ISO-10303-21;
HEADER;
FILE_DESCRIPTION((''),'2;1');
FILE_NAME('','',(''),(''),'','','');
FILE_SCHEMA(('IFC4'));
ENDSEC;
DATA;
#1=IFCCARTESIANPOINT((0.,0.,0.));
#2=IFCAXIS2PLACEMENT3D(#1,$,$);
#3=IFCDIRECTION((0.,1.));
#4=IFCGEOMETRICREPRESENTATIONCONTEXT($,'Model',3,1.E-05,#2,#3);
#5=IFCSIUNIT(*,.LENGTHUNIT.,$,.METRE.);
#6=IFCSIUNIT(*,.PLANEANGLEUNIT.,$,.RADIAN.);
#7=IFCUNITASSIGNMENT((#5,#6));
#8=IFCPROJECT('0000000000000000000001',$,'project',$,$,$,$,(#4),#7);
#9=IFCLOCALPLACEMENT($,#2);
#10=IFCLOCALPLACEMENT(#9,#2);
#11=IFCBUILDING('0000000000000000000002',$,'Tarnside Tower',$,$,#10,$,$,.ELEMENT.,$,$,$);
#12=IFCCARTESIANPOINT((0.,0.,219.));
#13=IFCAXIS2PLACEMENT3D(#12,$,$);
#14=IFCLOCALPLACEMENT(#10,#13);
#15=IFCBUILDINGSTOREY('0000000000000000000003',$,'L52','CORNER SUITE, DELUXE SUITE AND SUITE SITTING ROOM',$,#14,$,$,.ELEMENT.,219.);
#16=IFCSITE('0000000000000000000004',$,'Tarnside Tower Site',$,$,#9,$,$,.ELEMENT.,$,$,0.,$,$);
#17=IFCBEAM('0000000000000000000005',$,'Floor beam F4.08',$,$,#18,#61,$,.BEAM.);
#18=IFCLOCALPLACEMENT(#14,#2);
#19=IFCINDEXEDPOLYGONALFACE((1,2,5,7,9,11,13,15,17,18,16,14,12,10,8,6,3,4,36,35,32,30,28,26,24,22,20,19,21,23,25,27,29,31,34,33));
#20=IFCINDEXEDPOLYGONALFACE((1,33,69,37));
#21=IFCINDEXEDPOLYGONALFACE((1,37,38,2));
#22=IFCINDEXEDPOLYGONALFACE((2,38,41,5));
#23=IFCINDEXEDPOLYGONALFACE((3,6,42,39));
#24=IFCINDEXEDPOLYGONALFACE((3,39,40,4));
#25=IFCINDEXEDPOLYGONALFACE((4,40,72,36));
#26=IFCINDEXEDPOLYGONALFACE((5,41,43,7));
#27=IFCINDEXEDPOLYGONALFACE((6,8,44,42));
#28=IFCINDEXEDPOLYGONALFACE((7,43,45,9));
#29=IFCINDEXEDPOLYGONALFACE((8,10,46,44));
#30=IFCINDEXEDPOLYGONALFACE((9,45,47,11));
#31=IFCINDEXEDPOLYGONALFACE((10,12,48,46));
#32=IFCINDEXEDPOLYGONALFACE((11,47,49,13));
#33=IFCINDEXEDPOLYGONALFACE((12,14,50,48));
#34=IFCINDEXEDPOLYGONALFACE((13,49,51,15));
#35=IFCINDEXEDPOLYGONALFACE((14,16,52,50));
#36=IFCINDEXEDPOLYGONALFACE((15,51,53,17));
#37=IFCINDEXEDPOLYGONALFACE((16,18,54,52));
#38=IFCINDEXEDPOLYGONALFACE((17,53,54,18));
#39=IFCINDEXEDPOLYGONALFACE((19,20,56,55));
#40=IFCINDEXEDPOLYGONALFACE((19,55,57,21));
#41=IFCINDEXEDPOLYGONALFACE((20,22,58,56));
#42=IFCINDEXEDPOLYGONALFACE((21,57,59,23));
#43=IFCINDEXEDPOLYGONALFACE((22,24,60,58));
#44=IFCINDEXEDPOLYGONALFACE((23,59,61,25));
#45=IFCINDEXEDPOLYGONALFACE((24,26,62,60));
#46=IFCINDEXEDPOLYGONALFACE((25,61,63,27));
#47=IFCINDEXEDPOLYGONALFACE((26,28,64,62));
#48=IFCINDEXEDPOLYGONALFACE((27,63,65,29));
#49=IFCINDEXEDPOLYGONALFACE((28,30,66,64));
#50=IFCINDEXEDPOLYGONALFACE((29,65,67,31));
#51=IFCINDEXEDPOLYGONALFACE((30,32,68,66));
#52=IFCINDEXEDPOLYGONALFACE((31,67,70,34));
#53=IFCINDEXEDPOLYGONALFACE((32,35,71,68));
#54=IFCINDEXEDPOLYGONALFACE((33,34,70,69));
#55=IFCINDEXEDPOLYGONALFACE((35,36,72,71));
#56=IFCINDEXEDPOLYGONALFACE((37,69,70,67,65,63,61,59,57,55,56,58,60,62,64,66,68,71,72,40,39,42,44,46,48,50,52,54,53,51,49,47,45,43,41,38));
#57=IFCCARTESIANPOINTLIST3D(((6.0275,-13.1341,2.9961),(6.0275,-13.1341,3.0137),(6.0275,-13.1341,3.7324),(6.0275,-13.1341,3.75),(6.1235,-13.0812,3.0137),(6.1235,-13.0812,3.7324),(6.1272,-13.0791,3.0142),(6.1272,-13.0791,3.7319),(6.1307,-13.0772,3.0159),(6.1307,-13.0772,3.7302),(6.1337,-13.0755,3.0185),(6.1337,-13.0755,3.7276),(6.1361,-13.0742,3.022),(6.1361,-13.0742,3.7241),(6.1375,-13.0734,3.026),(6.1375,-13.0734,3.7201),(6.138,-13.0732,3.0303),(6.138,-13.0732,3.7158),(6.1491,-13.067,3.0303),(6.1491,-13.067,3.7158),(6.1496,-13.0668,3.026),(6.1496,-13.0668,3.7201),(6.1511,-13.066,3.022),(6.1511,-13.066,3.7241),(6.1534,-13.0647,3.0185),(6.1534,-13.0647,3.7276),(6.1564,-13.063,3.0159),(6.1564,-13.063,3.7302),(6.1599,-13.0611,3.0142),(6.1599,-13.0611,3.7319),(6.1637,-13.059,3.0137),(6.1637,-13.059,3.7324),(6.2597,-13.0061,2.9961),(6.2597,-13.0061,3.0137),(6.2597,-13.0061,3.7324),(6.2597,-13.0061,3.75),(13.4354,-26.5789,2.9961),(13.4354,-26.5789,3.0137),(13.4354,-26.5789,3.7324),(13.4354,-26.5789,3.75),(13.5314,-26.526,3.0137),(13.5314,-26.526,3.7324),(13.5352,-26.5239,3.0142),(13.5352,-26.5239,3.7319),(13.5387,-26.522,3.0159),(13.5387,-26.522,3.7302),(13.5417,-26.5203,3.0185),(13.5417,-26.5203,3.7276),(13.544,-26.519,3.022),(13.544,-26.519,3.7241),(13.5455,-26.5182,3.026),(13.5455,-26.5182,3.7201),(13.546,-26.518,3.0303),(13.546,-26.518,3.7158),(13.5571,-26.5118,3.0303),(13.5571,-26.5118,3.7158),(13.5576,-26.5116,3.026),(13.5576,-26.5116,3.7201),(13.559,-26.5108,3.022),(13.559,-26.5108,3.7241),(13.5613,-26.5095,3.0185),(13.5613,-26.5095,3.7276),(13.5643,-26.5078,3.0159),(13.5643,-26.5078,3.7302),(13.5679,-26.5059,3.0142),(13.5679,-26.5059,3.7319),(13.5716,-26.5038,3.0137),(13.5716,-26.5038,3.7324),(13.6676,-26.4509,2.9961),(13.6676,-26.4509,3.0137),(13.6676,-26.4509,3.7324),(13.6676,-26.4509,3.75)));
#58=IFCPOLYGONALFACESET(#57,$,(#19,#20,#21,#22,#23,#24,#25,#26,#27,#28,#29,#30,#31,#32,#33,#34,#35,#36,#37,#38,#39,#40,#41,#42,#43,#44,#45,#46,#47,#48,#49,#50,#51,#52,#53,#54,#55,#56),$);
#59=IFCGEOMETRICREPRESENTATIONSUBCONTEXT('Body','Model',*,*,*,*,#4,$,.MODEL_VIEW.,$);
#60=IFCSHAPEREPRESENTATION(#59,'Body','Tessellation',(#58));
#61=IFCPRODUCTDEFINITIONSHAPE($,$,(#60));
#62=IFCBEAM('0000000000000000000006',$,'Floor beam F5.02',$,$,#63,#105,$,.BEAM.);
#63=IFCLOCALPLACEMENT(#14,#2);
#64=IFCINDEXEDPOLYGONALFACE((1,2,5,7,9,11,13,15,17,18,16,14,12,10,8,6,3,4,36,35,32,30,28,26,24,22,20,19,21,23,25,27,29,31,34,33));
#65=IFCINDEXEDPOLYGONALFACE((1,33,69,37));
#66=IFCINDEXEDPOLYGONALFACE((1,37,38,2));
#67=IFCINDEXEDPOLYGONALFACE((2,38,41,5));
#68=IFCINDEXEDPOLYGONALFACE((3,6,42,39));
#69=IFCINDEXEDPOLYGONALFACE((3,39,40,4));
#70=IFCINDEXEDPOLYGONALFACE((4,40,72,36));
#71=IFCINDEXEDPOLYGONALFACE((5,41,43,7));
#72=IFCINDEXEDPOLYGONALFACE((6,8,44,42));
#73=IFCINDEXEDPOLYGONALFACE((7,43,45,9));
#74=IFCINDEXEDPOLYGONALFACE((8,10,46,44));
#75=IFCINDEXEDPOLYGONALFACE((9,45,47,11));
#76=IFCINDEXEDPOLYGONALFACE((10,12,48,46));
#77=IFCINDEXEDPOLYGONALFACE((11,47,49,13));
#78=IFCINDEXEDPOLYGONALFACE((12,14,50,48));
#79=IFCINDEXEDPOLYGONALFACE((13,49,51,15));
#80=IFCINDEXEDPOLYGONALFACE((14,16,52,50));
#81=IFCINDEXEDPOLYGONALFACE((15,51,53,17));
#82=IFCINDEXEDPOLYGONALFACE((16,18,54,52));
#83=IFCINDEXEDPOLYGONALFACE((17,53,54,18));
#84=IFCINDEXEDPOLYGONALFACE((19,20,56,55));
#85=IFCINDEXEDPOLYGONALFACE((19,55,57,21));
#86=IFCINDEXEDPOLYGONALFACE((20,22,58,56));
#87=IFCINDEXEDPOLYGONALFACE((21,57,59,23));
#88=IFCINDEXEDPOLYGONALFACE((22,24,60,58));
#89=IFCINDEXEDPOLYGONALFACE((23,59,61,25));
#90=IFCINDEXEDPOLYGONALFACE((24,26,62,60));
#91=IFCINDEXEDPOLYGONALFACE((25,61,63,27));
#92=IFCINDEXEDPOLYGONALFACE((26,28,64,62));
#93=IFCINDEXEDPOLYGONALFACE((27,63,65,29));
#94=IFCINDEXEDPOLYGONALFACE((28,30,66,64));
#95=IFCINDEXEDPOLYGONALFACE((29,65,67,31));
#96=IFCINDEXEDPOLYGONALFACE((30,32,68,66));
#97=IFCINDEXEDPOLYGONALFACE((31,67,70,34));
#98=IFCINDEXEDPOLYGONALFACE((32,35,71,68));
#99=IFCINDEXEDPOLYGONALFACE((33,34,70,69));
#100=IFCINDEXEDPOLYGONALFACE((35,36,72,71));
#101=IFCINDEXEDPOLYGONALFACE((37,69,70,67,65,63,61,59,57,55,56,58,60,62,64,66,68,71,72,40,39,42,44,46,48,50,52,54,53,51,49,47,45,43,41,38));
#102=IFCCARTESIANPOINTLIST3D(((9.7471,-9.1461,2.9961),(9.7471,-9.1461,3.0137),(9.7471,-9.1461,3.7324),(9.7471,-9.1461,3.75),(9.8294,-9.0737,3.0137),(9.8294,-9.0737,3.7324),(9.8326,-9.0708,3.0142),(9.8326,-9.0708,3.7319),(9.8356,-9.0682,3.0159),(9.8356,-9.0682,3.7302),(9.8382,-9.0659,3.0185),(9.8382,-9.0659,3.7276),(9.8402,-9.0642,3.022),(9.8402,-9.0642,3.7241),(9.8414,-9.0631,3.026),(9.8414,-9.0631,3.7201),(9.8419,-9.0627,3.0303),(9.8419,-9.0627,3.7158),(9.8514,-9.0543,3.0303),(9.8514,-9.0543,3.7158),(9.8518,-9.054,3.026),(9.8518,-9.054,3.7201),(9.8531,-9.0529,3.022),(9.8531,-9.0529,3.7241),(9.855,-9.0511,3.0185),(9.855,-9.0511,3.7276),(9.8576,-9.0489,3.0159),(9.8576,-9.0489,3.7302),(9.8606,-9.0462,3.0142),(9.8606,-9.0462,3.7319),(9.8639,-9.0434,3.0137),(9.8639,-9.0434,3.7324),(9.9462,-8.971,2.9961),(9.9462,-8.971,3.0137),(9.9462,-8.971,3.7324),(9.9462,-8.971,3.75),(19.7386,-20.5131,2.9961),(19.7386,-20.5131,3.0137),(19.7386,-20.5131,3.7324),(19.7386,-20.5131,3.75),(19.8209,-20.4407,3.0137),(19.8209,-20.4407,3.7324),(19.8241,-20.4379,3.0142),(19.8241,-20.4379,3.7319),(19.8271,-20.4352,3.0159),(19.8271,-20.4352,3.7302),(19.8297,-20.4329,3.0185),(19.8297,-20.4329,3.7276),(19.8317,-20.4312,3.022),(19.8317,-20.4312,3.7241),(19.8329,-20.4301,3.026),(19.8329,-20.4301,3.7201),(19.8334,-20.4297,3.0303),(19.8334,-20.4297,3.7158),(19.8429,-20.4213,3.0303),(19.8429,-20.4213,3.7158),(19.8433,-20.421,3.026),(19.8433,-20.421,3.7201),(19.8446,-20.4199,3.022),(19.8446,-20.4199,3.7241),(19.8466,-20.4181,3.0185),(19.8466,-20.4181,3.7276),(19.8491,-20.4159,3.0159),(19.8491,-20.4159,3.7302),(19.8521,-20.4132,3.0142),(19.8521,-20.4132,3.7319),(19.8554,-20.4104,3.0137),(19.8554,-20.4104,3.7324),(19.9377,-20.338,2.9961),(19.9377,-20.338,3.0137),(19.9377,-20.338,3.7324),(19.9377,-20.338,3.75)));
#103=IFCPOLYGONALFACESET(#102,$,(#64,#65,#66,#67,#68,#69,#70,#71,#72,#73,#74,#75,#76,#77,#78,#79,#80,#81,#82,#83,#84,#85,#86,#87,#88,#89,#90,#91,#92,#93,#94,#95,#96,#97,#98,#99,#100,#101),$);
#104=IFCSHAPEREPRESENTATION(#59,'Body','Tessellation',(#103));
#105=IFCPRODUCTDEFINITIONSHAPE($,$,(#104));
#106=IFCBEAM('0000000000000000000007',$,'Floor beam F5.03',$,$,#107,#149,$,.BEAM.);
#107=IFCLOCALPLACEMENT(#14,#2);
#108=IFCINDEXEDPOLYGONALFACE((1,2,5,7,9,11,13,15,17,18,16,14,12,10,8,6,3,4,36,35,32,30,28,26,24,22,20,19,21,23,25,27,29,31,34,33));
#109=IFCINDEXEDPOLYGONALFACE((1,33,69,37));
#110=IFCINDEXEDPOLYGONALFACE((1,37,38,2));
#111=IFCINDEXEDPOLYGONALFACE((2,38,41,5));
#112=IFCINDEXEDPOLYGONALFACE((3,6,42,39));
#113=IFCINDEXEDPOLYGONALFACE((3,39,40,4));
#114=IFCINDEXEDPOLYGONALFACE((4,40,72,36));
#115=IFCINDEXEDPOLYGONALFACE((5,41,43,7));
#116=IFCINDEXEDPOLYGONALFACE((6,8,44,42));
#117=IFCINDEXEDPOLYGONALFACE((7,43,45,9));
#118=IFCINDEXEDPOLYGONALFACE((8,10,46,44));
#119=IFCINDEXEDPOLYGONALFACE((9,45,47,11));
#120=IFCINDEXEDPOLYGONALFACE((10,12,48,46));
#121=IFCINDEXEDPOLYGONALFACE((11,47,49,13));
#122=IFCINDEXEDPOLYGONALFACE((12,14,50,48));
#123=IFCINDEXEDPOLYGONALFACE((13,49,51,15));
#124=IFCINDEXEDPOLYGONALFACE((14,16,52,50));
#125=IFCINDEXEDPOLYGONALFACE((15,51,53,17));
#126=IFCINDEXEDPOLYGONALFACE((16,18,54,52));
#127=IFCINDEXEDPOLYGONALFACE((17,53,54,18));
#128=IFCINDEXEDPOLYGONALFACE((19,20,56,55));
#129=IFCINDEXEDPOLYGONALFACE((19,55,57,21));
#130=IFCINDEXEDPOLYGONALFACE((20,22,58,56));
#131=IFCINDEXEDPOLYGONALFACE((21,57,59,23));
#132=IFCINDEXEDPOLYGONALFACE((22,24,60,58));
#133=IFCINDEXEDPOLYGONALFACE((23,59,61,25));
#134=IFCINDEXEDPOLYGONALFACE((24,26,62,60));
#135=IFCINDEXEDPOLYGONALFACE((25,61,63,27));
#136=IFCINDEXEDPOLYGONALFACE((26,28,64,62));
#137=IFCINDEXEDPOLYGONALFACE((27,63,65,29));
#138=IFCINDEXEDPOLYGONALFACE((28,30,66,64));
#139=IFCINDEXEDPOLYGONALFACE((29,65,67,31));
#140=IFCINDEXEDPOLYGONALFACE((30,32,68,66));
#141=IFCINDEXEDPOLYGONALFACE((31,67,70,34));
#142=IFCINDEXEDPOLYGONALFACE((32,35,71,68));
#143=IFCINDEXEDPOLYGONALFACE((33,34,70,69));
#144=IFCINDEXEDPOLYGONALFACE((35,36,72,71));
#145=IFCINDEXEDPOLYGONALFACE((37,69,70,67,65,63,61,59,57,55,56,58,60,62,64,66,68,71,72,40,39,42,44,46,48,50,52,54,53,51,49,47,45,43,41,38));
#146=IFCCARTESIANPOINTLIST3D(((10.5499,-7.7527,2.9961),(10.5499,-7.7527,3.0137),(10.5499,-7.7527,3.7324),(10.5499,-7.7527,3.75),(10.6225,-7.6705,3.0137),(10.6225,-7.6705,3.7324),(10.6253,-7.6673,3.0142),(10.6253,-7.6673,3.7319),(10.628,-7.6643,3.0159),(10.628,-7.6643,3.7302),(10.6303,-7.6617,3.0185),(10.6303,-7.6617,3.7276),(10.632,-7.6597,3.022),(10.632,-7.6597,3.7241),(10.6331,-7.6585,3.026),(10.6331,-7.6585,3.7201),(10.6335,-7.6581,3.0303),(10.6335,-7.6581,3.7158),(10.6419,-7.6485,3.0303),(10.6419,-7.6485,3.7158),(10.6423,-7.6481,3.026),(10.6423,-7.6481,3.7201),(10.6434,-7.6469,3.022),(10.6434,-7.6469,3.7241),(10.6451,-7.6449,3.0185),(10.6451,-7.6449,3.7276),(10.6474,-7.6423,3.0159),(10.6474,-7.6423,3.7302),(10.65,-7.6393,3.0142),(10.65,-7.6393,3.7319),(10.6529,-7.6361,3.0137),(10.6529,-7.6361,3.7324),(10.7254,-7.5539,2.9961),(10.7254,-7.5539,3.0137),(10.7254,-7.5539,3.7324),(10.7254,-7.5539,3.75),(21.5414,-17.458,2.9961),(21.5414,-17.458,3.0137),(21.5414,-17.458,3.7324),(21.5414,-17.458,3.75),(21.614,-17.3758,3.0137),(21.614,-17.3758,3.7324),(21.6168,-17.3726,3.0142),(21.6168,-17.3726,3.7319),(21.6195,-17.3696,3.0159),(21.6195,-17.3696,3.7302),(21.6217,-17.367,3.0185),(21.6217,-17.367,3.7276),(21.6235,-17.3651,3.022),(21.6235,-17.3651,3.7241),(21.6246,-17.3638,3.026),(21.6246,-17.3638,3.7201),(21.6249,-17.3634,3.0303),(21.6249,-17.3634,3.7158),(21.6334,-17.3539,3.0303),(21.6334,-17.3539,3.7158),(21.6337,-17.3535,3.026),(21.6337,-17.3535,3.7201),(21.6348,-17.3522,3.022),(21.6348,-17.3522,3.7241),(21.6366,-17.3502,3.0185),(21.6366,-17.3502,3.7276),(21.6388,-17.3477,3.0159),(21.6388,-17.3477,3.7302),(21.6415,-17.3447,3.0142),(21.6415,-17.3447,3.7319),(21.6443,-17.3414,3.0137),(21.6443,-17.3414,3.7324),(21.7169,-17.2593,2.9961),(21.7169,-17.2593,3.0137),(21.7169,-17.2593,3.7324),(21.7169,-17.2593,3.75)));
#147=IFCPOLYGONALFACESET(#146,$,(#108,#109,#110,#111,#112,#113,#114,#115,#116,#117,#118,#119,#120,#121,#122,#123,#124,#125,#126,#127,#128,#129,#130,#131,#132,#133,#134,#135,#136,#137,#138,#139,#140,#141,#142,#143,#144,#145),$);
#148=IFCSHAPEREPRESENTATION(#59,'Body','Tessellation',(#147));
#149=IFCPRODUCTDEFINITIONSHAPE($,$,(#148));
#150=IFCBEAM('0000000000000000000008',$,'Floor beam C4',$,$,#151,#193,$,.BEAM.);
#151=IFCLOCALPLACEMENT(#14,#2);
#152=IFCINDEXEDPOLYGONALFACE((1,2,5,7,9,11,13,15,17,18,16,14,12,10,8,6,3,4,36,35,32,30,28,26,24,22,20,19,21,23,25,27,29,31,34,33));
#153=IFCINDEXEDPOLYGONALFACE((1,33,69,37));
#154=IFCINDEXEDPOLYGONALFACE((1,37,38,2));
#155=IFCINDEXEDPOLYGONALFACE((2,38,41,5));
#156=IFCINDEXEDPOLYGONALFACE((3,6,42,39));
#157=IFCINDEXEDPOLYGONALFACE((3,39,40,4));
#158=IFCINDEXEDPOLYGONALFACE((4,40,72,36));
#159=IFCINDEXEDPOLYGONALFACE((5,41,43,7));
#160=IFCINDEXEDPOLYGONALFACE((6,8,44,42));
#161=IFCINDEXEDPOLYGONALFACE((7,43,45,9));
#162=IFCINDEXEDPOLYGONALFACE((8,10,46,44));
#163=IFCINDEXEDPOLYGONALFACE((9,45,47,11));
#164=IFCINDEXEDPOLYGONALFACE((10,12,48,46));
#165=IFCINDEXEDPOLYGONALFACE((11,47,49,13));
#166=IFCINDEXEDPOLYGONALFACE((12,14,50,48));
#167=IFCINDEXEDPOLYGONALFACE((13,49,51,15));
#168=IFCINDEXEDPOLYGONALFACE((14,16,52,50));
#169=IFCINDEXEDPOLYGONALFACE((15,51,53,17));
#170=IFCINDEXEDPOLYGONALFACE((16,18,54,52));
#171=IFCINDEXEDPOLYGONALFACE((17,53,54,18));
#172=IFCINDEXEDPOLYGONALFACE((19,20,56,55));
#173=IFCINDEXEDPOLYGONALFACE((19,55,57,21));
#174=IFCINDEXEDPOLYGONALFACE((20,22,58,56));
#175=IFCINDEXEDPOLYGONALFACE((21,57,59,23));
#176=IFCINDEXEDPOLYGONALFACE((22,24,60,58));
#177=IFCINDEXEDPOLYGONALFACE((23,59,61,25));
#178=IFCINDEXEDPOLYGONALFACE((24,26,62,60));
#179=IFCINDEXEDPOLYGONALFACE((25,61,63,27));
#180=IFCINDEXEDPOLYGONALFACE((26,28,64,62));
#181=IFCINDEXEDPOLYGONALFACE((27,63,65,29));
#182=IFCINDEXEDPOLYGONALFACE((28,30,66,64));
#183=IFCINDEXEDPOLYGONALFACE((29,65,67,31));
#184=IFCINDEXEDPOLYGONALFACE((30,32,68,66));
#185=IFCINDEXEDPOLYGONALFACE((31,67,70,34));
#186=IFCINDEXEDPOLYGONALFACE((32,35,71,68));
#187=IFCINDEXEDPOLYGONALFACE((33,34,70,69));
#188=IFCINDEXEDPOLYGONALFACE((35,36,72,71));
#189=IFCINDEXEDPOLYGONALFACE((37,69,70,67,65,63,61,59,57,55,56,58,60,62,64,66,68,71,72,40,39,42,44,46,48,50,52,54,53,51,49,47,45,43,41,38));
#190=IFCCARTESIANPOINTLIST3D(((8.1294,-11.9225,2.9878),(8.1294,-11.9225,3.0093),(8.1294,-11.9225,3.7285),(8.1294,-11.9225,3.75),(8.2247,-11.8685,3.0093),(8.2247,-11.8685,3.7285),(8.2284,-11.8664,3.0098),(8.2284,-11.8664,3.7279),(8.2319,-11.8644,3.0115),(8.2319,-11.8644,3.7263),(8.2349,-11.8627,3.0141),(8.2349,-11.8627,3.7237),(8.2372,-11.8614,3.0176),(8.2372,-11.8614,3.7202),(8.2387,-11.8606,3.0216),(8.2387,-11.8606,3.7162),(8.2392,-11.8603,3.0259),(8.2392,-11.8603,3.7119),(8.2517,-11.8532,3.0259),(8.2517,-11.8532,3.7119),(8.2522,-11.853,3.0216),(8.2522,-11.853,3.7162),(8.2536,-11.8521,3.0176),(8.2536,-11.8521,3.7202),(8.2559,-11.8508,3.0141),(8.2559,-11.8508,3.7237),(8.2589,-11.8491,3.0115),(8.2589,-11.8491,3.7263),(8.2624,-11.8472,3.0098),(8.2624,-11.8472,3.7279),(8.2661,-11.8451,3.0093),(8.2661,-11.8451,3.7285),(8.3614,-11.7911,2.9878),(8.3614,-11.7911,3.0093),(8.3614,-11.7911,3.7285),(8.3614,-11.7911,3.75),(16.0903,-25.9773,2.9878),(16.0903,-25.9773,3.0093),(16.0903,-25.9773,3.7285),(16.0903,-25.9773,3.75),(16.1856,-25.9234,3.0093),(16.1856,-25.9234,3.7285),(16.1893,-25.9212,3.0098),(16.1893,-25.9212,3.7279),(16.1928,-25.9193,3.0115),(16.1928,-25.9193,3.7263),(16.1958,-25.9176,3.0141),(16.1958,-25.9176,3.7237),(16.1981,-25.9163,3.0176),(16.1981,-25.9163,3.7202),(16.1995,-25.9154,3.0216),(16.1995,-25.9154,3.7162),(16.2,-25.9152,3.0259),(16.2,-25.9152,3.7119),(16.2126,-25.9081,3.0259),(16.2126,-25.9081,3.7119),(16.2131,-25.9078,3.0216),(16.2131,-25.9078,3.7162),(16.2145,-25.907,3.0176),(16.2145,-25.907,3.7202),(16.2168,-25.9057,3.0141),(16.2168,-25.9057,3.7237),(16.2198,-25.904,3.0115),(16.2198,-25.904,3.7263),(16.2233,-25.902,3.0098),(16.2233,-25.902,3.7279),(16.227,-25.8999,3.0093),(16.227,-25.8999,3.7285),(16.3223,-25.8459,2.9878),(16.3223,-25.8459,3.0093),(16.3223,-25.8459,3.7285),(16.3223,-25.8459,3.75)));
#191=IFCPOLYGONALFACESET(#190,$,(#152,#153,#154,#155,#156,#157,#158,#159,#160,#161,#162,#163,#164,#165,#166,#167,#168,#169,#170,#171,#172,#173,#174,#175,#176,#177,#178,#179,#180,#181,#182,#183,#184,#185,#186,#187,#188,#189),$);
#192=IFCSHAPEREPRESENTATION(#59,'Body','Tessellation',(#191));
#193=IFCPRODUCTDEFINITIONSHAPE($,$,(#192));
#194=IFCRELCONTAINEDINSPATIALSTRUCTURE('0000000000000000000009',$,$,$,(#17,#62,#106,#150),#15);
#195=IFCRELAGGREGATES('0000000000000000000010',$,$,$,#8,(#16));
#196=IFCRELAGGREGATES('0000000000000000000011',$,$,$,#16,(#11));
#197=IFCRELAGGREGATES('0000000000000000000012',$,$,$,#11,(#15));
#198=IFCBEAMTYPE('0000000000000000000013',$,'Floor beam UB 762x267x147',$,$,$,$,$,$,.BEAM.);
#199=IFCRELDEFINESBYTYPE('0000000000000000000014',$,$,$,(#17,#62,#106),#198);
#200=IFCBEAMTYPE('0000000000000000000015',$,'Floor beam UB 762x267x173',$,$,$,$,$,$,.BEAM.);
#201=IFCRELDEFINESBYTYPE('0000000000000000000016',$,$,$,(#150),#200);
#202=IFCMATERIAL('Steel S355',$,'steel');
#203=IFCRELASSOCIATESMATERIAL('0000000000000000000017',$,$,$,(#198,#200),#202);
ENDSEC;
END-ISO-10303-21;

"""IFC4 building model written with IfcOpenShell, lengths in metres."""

from ifc_helpers import new_model, si_unit, direction, frame, origin, origin_2d, place, context, subcontext, project, spatial, i_section, extrude, material, material_profile, profile_set, type_object, element, save


model = new_model("IFC4")

# Units and contexts
model_context = context("Model", 3, precision=1e-05, world=origin(), true_north=direction((0.0, 1.0)))
body_context = subcontext(model_context, "Body", "Model", "MODEL_VIEW")
ifc_project = project(units=[si_unit("LENGTHUNIT", "METRE"), si_unit("PLANEANGLEUNIT", "RADIAN")], contexts=[model_context])

# Site, building, storey
site_placement = place(None, origin())
site = spatial("IfcSite", under=ifc_project, at=site_placement, Name="Tarnside Tower Site", CompositionType="ELEMENT", RefElevation=0.0)
building_placement = place(site_placement, origin())
building = spatial("IfcBuilding", under=site, at=building_placement, Name="Tarnside Tower", CompositionType="ELEMENT")
storey_placement = place(building_placement, frame((0.0, 0.0, 219.0)))
storey = spatial("IfcBuildingStorey", under=building, at=storey_placement, Name="L52", Description="CORNER SUITE, DELUXE SUITE AND SUITE SITTING ROOM", CompositionType="ELEMENT", Elevation=219.0)

# Beams
ifc_material_1 = material(Name="Steel S355", Category="steel")
ifc_material_profile_1 = material_profile(ifc_material_1, i_section(OverallWidth=0.2651, OverallDepth=0.7539, WebThickness=0.0127, FlangeThickness=0.0176, FilletRadius=0.0166, at=origin_2d()), Name="UB 762x267x147")
ifc_profile_set_1 = profile_set([ifc_material_profile_1], Name="Steel S355")
beam_type_1 = type_object("IfcBeamType", Name="Floor beam UB 762x267x147", PredefinedType="BEAM", material=ifc_profile_set_1)
beam_1_placement = place(storey_placement, frame((13.5515, -26.5149, 3.373), z_axis=(-0.482584, 0.87585, 0.0), x_axis=(-0.87585, -0.482584, 0.0)))
element("IfcBeam", 1, at=beam_1_placement, inside=storey, type_object=beam_type_1, Name="Floor beam F4.08", PredefinedType="BEAM", context=body_context, shape_type="SweptSolid", body=[
    extrude(i_section(OverallWidth=0.2651, OverallDepth=0.7539, WebThickness=0.0127, FlangeThickness=0.0176, FilletRadius=0.0166, at=origin_2d()), origin(), (0.0, 0.0, 1.0), 15.3506),
])
beam_2_placement = place(storey_placement, frame((19.8381, -20.4255, 3.373), z_axis=(-0.660201, 0.751089, 0.0), x_axis=(-0.751089, -0.660201, 0.0)))
element("IfcBeam", 2, at=beam_2_placement, inside=storey, type_object=beam_type_1, Name="Floor beam F5.02", PredefinedType="BEAM", context=body_context, shape_type="SweptSolid", body=[
    extrude(i_section(OverallWidth=0.2651, OverallDepth=0.7539, WebThickness=0.0127, FlangeThickness=0.0176, FilletRadius=0.0166, at=origin_2d()), origin(), (0.0, 0.0, 1.0), 15.134),
])
beam_3_placement = place(storey_placement, frame((21.6292, -17.3586, 3.373), z_axis=(-0.749602, 0.661889, 0.0), x_axis=(-0.661889, -0.749602, 0.0)))
element("IfcBeam", 3, at=beam_3_placement, inside=storey, type_object=beam_type_1, Name="Floor beam F5.03", PredefinedType="BEAM", context=body_context, shape_type="SweptSolid", body=[
    extrude(i_section(OverallWidth=0.2651, OverallDepth=0.7539, WebThickness=0.0127, FlangeThickness=0.0176, FilletRadius=0.0166, at=origin_2d()), origin(), (0.0, 0.0, 1.0), 14.6631),
])
ifc_material_profile_2 = material_profile(ifc_material_1, i_section(OverallWidth=0.2666, OverallDepth=0.7622, WebThickness=0.0144, FlangeThickness=0.0215, FilletRadius=0.0166, at=origin_2d()), Name="UB 762x267x173")
ifc_profile_set_2 = profile_set([ifc_material_profile_2], Name="Steel S355")
beam_type_2 = type_object("IfcBeamType", Name="Floor beam UB 762x267x173", PredefinedType="BEAM", material=ifc_profile_set_2)
beam_4_placement = place(storey_placement, frame((16.2063, -25.9116, 3.3689), z_axis=(-0.492847, 0.870116, 0.0), x_axis=(-0.870116, -0.492847, 0.0)))
element("IfcBeam", 4, at=beam_4_placement, inside=storey, type_object=beam_type_2, Name="Floor beam C4", PredefinedType="BEAM", context=body_context, shape_type="SweptSolid", body=[
    extrude(i_section(OverallWidth=0.2666, OverallDepth=0.7622, WebThickness=0.0144, FlangeThickness=0.0215, FilletRadius=0.0166, at=origin_2d()), origin(), (0.0, 0.0, 1.0), 16.1528),
])

save(model, "model.ifc")
